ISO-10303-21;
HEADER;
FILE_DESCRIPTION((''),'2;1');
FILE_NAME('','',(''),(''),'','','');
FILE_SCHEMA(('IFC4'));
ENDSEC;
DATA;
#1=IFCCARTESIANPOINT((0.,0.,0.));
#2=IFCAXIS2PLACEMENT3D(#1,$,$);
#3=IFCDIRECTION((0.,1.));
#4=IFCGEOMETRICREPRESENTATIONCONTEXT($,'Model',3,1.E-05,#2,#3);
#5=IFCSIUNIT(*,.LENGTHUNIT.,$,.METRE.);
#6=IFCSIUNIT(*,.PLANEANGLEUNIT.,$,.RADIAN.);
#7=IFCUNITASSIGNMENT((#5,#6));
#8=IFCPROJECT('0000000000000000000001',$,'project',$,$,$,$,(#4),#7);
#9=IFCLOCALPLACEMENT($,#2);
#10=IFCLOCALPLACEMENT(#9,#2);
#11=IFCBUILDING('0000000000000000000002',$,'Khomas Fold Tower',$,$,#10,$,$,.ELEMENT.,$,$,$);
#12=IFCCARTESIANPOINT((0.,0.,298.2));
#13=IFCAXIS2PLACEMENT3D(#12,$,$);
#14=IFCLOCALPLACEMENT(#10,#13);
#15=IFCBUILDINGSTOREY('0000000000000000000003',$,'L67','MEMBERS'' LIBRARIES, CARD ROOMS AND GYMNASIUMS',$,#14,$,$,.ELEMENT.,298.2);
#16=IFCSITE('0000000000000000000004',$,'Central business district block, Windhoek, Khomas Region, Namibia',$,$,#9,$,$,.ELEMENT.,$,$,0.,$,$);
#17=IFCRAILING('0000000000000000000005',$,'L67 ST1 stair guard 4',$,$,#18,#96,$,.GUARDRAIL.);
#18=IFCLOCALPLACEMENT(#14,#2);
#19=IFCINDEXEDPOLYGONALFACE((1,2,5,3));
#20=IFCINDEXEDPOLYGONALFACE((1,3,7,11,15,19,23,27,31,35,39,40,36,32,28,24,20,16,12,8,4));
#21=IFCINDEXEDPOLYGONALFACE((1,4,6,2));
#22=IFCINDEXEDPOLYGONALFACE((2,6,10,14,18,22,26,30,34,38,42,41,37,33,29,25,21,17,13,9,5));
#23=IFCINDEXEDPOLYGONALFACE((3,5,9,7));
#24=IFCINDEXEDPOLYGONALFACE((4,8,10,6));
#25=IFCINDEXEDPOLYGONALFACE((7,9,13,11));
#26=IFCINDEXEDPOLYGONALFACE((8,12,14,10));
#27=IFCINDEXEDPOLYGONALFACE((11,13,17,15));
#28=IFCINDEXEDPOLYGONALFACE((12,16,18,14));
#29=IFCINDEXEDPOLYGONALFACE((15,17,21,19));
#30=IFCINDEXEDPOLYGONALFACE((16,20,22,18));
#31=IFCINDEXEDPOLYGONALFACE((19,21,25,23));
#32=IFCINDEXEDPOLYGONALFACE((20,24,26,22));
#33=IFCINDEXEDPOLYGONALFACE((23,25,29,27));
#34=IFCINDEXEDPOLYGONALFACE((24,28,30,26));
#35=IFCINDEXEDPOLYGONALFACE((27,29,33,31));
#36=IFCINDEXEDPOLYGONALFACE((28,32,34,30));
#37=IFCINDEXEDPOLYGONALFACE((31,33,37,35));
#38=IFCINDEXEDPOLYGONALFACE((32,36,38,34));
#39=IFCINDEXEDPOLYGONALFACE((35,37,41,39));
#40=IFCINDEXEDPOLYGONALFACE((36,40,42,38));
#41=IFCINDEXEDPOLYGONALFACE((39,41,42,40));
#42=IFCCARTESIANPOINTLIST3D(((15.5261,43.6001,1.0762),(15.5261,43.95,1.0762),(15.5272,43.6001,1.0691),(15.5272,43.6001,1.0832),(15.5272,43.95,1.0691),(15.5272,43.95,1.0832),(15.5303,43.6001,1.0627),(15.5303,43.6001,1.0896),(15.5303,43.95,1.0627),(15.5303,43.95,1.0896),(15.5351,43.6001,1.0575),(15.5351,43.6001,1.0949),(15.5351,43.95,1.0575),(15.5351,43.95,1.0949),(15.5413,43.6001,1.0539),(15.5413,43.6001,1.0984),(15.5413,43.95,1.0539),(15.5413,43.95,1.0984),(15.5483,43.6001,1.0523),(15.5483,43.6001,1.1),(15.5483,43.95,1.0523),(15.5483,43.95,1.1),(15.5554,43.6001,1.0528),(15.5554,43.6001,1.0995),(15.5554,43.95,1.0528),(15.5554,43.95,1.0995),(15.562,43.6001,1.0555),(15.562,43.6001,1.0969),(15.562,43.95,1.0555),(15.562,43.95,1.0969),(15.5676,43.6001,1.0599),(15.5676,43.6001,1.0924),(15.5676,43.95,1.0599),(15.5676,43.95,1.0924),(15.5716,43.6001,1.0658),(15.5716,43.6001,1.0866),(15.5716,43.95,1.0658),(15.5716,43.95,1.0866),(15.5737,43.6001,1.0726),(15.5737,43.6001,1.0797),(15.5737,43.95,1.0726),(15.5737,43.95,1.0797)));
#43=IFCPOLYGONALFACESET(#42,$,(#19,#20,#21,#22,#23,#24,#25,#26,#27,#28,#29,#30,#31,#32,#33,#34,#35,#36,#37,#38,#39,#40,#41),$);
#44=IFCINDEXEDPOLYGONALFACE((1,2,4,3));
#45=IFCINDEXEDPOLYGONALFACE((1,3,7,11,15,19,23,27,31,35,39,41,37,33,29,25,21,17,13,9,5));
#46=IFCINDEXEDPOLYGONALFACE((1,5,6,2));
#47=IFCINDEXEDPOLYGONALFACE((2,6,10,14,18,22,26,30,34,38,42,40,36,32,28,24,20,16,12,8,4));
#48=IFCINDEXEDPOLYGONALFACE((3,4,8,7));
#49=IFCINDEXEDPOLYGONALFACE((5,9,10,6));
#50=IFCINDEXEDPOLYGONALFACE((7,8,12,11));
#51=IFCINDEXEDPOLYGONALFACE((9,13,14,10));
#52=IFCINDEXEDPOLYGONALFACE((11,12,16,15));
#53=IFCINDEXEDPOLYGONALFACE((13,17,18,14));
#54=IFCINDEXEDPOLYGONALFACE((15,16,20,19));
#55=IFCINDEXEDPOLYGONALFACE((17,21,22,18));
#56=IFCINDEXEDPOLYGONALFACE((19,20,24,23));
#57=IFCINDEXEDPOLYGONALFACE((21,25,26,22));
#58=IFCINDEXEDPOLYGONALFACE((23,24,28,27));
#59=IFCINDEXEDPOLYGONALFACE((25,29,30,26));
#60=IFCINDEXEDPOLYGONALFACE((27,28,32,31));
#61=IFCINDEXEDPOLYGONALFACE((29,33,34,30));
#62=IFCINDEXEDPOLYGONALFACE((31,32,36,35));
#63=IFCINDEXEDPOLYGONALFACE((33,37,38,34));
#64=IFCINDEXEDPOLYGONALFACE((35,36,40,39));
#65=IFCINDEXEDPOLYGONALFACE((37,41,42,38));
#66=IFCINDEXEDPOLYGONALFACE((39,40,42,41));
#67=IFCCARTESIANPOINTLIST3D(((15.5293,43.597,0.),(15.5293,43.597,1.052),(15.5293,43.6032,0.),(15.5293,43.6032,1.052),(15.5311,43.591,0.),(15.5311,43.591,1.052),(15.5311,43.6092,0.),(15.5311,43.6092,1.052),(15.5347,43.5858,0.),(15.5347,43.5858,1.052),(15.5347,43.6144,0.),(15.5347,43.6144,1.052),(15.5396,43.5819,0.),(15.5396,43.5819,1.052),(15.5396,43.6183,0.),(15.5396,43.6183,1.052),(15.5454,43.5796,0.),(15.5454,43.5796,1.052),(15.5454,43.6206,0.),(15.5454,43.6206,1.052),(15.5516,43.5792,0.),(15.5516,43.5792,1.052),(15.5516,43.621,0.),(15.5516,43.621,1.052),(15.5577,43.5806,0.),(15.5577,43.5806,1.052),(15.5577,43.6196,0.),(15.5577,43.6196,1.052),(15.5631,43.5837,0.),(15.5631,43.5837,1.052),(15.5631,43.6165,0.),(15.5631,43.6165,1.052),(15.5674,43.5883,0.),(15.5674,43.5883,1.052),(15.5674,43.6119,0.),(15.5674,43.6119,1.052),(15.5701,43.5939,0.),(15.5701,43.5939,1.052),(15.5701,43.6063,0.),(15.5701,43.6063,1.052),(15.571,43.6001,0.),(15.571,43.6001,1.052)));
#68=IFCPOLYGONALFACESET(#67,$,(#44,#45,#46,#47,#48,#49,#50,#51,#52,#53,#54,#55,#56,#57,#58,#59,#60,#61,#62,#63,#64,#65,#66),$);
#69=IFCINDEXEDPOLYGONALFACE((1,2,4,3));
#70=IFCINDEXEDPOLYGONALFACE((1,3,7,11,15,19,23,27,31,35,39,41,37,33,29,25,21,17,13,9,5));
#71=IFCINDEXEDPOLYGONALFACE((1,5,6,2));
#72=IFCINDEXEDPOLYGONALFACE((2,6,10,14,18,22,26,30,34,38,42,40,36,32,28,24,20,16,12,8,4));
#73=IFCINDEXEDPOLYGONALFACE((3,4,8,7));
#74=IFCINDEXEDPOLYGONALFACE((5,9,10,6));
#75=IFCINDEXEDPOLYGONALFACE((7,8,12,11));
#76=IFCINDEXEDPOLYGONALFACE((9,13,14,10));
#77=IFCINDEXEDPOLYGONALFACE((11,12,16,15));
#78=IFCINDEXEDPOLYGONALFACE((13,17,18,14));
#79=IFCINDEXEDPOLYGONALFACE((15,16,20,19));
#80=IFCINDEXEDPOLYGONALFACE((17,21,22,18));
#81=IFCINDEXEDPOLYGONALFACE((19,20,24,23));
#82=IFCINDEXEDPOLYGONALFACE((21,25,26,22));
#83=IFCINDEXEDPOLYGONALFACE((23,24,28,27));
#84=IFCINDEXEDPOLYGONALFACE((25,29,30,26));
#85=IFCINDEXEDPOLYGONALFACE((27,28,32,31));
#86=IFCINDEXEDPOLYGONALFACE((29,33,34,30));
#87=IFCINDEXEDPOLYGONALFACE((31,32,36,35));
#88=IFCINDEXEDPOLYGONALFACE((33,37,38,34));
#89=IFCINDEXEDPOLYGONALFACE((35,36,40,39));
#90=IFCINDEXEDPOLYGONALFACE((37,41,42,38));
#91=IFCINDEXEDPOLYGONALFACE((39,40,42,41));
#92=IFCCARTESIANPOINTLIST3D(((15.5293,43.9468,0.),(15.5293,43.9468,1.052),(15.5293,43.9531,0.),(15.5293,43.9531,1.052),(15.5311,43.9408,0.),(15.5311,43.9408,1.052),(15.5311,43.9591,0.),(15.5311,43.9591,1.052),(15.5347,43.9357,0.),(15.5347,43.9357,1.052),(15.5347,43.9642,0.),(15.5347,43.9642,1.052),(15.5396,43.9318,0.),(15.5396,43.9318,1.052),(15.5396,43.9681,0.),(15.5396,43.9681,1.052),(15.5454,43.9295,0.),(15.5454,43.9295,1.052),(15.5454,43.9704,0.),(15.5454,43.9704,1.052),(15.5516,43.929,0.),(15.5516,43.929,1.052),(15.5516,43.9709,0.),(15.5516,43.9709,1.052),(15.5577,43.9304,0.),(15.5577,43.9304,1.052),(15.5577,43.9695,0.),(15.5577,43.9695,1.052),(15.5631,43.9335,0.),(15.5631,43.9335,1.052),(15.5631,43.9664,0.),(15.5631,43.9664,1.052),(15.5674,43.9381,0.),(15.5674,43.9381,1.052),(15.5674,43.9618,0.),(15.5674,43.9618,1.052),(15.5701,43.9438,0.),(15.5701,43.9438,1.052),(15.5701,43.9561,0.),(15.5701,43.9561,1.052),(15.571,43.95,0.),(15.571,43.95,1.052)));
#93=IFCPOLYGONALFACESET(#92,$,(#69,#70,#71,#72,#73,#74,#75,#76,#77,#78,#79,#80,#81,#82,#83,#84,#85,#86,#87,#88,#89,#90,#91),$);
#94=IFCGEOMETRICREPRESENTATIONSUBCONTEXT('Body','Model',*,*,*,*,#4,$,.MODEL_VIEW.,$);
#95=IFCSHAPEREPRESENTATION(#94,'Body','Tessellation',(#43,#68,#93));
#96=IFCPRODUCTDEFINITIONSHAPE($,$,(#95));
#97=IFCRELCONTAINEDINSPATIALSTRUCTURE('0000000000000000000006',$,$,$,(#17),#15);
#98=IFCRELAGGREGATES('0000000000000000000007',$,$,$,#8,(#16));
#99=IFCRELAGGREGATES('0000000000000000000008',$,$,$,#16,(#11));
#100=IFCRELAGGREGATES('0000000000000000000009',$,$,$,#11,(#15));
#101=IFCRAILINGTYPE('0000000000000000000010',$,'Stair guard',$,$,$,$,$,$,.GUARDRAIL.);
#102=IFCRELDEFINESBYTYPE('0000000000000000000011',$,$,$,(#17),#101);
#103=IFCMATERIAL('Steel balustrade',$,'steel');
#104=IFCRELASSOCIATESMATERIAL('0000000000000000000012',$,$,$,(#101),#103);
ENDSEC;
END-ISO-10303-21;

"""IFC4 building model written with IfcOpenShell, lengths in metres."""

from ifc_helpers import new_model, si_unit, direction, frame, origin, origin_2d, place, context, subcontext, project, spatial, circle, extrude, source, transform, mapped, material, type_object, element, save


model = new_model("IFC4")

# Units and contexts
model_context = context("Model", 3, precision=1e-05, world=origin(), true_north=direction((0.0, 1.0)))
body_context = subcontext(model_context, "Body", "Model", "MODEL_VIEW")
ifc_project = project(units=[si_unit("LENGTHUNIT", "METRE"), si_unit("PLANEANGLEUNIT", "RADIAN")], contexts=[model_context])

# Site, building, storey
site_placement = place(None, origin())
site = spatial("IfcSite", under=ifc_project, at=site_placement, Name="Central business district block, Windhoek, Khomas Region, Namibia", CompositionType="ELEMENT", RefElevation=0.0)
building_placement = place(site_placement, origin())
building = spatial("IfcBuilding", under=site, at=building_placement, Name="Khomas Fold Tower", CompositionType="ELEMENT")
storey_placement = place(building_placement, frame((0.0, 0.0, 298.2)))
storey = spatial("IfcBuildingStorey", under=building, at=storey_placement, Name="L67", Description="MEMBERS' LIBRARIES, CARD ROOMS AND GYMNASIUMS", CompositionType="ELEMENT", Elevation=298.2)

# Railing
ifc_material_1 = material(Name="Steel balustrade", Category="steel")
railing_type_1 = type_object("IfcRailingType", Name="Stair guard", PredefinedType="GUARDRAIL", material=ifc_material_1)
shared_shape_1 = source(origin(), body_context, "Body", "SweptSolid", [
    extrude(circle(Radius=0.0239, at=origin_2d()), frame((0.0, 0.0, 1.0762), z_axis=(0.0, 1.0, 0.0), x_axis=(-1.0, 0.0, 0.0)), (0.0, 0.0, 1.0), 0.3499),
    extrude(circle(Radius=0.021, at=origin_2d()), origin(), (0.0, 0.0, 1.0), 1.052),
    extrude(circle(Radius=0.021, at=origin_2d()), frame((0.0, 0.3499, 0.0)), (0.0, 0.0, 1.0), 1.052),
])
railing_1_placement = place(storey_placement, frame((15.55, 43.6001, 0.0)))
element("IfcRailing", 1, at=railing_1_placement, inside=storey, type_object=railing_type_1, Name="L67 ST1 stair guard 4", PredefinedType="GUARDRAIL", context=body_context, shape_type="MappedRepresentation", body=[
    mapped(shared_shape_1, transform((0.0, 0.0, 0.0))),
])

save(model, "model.ifc")
